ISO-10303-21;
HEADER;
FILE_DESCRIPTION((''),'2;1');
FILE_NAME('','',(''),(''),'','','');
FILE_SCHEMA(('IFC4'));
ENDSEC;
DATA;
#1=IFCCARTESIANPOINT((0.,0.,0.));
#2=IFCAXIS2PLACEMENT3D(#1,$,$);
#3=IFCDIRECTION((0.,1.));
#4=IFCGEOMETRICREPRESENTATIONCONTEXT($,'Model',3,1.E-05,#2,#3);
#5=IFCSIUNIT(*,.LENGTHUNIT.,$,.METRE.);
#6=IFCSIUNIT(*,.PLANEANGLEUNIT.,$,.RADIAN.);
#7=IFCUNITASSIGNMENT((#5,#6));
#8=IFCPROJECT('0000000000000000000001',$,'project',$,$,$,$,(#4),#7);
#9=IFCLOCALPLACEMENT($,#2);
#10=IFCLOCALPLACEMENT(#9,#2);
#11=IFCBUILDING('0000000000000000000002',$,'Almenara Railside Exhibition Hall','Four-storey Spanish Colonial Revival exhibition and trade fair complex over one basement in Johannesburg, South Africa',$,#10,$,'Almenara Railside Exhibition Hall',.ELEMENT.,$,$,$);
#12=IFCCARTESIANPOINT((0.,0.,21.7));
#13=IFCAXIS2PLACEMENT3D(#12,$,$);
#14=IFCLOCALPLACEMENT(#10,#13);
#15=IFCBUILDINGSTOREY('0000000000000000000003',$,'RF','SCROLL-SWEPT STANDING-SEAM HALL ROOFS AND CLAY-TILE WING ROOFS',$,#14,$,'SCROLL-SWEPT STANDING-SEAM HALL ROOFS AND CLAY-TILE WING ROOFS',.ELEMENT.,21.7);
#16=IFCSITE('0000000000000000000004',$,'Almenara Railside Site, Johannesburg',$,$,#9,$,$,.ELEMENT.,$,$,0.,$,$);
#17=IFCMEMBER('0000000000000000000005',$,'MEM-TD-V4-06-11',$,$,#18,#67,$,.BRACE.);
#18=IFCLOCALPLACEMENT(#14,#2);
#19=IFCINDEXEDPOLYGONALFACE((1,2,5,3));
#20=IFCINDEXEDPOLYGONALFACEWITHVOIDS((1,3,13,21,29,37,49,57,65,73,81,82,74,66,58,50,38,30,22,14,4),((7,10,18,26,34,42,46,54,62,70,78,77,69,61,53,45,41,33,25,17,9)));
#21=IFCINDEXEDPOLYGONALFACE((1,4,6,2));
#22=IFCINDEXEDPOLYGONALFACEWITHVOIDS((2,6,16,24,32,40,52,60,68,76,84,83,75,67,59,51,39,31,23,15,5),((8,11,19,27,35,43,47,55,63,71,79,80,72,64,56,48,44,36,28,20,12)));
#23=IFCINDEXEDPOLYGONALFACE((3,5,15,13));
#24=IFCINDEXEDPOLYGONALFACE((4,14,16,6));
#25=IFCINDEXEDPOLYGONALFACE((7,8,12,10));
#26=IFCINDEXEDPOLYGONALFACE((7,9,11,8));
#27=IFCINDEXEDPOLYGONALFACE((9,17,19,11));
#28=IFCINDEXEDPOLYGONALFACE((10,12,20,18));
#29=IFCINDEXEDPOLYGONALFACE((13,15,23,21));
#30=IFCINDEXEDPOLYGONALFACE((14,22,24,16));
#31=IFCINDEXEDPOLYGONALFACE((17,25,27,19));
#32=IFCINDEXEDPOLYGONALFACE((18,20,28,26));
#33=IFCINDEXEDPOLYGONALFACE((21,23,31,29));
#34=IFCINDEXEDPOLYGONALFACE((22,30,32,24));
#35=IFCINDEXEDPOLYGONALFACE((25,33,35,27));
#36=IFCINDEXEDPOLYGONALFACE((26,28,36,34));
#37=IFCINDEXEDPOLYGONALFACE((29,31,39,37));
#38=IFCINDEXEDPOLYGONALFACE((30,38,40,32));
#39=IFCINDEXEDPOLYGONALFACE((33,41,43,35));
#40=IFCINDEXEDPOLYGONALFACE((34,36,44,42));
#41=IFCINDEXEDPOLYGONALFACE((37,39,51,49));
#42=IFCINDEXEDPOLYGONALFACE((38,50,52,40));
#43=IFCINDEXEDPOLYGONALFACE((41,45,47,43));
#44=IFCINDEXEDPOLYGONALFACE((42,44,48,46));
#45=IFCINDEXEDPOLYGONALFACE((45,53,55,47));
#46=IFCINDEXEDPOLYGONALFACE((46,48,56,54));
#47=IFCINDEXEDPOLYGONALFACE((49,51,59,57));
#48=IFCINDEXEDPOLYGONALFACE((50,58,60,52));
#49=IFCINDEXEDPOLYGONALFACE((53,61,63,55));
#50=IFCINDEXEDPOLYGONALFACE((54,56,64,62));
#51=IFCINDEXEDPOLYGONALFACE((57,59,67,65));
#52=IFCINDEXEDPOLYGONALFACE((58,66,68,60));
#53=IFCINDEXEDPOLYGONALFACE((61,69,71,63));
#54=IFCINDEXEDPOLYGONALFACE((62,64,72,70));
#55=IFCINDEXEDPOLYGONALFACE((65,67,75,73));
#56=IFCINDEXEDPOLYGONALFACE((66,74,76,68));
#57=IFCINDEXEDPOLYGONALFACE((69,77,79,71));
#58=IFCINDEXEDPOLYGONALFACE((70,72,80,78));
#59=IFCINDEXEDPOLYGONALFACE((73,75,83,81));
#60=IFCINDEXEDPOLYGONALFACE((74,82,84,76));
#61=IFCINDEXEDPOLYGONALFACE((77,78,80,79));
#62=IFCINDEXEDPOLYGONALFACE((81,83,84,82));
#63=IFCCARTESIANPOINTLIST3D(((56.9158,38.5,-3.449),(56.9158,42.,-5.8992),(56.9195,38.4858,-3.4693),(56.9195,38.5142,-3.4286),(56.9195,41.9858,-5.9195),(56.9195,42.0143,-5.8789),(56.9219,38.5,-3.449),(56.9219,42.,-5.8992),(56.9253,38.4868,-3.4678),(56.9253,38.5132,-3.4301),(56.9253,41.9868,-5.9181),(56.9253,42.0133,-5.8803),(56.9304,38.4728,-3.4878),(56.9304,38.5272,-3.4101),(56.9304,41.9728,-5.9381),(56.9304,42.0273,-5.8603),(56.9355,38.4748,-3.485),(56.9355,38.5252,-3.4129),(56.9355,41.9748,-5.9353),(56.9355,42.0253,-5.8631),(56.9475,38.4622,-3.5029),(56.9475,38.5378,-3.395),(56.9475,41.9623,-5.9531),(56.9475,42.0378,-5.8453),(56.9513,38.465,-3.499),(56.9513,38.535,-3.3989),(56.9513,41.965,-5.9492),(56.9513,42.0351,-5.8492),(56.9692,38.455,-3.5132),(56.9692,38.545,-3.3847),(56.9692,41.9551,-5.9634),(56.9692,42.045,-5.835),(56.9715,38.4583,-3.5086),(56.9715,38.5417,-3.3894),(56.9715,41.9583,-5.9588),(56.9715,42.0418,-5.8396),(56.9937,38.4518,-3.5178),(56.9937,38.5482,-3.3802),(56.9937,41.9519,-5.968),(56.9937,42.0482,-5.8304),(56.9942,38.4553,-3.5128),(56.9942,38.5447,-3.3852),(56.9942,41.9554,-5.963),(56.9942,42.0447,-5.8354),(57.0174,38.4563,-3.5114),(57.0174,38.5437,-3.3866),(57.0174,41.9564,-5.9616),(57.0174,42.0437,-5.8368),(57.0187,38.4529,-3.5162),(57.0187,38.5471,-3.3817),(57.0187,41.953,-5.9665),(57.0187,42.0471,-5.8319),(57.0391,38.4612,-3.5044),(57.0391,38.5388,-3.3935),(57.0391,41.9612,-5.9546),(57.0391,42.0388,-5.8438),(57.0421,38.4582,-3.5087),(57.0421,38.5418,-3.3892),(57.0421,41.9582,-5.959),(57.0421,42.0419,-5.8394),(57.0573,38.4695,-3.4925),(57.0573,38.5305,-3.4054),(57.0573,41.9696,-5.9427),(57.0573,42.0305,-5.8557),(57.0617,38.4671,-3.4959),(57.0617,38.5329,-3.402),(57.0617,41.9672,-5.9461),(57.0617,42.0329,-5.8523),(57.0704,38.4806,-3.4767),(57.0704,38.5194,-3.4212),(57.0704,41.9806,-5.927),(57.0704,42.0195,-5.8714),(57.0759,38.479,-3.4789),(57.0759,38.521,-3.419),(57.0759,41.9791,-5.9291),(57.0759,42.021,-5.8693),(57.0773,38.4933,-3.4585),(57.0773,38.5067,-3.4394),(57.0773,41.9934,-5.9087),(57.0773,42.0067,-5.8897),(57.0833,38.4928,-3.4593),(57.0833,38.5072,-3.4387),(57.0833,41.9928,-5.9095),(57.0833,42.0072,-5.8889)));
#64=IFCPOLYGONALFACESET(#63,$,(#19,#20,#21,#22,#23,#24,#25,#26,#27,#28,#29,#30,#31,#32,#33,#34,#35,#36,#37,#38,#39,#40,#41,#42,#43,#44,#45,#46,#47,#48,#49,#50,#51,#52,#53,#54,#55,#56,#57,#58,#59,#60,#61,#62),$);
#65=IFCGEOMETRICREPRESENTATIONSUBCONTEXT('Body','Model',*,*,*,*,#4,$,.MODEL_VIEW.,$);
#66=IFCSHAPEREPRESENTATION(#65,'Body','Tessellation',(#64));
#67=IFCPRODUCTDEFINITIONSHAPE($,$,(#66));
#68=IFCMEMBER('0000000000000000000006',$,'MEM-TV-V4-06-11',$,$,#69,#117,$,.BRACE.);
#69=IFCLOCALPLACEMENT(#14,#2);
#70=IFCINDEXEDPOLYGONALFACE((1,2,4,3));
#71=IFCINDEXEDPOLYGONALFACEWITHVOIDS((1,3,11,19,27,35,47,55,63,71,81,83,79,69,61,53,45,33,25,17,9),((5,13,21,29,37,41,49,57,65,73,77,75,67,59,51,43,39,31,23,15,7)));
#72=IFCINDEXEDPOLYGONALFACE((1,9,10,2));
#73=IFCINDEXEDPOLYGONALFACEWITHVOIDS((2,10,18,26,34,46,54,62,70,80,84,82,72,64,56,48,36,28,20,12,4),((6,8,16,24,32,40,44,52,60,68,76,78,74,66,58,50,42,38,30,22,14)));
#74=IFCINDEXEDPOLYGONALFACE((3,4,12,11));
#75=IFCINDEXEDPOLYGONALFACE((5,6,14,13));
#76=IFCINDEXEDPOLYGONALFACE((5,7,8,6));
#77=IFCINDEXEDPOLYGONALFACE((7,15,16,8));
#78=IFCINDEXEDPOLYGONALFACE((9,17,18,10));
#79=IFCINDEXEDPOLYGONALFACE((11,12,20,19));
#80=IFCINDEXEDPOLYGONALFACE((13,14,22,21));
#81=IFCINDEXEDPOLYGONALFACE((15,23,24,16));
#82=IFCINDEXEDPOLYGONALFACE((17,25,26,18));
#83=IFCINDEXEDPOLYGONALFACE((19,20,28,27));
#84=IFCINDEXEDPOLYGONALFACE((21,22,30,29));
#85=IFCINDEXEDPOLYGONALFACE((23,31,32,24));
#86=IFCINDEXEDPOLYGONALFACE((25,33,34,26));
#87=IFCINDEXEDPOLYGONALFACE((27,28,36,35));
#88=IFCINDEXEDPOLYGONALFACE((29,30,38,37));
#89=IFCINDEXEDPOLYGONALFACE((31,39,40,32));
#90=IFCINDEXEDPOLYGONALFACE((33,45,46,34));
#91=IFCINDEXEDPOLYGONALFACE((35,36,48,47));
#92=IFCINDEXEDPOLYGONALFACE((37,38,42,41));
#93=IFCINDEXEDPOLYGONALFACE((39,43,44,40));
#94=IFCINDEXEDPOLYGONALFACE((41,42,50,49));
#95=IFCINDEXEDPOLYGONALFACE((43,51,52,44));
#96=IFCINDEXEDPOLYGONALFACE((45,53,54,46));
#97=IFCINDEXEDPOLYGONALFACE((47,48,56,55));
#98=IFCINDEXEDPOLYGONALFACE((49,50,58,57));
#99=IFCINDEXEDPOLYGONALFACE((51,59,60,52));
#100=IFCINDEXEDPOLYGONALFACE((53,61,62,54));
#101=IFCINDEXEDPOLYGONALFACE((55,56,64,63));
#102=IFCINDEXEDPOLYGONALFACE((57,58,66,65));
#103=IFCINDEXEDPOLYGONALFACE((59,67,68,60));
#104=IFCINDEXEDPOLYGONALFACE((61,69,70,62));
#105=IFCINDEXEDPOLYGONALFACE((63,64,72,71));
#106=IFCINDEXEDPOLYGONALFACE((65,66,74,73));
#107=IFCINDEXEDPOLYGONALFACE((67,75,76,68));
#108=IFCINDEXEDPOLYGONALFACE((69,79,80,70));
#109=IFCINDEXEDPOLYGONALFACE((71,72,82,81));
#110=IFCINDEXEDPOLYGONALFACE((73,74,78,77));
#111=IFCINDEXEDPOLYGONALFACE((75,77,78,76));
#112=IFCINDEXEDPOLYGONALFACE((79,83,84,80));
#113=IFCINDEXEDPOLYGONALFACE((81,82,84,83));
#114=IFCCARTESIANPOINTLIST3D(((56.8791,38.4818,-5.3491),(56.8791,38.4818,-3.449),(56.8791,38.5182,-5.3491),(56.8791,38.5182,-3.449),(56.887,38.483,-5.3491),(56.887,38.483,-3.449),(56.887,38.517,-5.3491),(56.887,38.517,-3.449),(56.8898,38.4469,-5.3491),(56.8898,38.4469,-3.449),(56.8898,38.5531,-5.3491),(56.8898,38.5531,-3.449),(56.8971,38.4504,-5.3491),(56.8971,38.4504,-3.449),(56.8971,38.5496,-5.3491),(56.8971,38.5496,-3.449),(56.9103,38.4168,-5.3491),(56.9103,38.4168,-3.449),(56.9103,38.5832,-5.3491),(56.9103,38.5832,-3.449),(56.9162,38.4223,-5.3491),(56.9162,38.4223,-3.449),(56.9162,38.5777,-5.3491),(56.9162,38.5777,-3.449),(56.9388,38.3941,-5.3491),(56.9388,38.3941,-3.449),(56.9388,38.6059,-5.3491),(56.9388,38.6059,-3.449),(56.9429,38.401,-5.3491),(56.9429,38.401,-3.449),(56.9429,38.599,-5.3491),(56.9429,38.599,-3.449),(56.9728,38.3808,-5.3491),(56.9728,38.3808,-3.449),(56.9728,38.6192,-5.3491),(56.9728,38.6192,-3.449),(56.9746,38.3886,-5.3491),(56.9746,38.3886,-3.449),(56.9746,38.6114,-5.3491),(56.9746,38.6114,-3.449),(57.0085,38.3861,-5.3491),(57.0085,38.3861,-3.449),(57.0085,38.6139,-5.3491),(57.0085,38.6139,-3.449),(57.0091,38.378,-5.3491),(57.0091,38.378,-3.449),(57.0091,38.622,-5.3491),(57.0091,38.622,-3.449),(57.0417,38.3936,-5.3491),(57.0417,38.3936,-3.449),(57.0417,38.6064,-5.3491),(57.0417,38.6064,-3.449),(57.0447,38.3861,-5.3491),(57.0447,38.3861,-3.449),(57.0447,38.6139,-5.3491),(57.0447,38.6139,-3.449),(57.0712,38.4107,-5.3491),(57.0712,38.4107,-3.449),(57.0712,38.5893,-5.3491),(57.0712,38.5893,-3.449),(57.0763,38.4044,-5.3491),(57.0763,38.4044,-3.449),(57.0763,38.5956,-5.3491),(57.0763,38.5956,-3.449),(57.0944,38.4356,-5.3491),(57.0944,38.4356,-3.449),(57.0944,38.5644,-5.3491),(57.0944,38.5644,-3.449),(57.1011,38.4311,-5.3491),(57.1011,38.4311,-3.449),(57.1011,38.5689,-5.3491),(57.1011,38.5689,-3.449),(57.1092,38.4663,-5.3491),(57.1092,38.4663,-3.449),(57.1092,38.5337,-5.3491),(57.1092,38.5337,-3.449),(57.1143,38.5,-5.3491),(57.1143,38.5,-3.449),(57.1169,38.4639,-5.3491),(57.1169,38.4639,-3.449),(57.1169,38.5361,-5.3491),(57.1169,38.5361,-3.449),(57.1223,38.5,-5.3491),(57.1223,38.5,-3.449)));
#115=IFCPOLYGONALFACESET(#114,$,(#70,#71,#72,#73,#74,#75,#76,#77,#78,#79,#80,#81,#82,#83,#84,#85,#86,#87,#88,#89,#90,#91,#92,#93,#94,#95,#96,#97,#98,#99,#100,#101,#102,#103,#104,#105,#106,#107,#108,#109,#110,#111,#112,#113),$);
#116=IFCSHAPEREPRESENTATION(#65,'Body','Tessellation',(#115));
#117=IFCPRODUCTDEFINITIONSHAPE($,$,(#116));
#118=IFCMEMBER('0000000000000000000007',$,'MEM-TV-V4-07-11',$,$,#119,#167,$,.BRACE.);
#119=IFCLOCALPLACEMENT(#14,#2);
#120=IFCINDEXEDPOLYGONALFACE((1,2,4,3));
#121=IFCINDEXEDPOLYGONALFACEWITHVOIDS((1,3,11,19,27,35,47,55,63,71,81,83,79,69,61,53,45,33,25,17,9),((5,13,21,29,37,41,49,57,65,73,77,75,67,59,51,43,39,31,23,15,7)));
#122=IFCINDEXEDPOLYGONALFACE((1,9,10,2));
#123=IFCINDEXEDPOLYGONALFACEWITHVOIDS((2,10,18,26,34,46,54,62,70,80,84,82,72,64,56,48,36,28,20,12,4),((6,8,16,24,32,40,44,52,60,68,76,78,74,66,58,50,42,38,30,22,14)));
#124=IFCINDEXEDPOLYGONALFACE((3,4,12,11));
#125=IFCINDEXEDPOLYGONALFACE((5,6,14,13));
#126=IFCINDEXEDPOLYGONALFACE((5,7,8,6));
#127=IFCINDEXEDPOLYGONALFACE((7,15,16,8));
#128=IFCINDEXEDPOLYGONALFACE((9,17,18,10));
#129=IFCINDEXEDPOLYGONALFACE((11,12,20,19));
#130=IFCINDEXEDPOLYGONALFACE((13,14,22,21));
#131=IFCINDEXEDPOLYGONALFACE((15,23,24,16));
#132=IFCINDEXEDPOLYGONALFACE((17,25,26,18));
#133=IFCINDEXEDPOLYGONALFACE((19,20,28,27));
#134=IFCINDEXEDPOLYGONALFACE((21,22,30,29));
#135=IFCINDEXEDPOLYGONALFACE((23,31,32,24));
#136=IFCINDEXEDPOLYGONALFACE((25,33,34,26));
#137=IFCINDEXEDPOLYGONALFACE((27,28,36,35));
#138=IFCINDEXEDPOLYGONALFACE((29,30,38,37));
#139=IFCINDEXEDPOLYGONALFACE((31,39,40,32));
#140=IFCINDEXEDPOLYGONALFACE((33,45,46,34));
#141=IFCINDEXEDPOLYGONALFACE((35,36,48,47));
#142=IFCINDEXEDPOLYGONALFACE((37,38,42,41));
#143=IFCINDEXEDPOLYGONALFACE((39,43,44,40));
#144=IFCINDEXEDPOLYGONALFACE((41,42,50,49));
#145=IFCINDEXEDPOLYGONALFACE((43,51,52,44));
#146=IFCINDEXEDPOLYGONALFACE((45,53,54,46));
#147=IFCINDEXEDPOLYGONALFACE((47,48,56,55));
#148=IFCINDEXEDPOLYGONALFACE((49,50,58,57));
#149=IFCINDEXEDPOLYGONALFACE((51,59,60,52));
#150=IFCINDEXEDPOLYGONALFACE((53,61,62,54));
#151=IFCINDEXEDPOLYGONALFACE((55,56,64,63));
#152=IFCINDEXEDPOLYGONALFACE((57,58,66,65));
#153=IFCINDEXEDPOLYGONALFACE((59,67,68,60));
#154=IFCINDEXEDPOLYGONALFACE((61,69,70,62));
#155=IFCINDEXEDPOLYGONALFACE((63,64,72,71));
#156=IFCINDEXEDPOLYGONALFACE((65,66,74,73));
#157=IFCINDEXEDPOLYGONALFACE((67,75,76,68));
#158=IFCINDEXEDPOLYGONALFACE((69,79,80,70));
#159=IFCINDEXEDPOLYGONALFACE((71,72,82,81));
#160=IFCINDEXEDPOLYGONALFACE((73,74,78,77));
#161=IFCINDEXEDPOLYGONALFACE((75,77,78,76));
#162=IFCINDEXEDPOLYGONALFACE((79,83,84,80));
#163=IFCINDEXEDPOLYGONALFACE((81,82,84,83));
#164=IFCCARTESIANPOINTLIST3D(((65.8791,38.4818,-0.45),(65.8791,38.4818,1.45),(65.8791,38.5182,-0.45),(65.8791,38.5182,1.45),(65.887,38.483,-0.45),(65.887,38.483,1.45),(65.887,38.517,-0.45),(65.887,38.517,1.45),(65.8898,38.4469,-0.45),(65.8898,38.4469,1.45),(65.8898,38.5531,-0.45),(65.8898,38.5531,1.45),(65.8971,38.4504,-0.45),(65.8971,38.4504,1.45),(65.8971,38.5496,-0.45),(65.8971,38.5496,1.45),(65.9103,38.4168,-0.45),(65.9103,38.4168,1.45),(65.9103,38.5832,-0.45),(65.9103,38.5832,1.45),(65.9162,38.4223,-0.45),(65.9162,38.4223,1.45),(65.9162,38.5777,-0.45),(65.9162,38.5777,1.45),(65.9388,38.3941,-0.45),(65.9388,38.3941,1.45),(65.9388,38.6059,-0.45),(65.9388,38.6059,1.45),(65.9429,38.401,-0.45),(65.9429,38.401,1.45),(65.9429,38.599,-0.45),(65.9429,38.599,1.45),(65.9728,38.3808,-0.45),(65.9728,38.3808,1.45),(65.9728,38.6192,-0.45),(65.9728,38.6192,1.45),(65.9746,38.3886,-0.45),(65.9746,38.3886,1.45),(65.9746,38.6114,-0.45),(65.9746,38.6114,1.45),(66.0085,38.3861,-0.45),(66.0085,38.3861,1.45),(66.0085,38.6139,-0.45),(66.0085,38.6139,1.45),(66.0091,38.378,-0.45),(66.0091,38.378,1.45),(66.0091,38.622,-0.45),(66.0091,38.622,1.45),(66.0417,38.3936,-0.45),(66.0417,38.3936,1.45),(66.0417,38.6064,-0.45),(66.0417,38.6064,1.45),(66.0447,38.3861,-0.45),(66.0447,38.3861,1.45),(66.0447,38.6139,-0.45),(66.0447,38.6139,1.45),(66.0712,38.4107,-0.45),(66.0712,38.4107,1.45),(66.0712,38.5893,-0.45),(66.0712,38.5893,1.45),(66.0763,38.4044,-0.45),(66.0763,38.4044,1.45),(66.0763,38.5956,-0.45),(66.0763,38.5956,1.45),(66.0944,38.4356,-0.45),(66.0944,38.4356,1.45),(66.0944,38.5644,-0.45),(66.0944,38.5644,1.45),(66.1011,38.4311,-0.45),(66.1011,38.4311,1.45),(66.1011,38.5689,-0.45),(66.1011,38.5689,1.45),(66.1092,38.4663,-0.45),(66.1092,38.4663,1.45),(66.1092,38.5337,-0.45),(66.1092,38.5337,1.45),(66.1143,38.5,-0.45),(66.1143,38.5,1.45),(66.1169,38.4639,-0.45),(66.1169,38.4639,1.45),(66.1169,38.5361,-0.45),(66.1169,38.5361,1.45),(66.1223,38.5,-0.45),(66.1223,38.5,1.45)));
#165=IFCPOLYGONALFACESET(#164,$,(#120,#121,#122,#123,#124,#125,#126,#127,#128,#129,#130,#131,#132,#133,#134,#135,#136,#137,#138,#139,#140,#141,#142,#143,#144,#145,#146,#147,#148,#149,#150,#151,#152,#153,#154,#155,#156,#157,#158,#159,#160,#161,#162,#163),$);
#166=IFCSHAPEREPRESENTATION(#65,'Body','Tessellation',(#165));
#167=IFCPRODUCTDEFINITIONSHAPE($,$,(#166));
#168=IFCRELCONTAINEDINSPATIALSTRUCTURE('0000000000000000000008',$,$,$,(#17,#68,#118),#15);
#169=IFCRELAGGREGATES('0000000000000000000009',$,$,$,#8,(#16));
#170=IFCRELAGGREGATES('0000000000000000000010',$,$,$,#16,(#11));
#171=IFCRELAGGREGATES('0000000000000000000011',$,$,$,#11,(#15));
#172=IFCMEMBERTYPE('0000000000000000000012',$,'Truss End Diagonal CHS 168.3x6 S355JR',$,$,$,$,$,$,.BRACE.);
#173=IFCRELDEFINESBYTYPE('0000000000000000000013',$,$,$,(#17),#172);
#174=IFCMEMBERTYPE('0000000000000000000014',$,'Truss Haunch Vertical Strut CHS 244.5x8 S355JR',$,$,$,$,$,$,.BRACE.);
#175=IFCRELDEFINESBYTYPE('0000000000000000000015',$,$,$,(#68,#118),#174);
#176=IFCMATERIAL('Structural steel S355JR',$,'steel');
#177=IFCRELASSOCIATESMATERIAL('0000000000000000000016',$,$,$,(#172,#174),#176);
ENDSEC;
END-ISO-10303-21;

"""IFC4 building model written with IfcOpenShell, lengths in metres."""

from ifc_helpers import new_model, si_unit, direction, frame, origin, origin_2d, place, context, subcontext, project, spatial, hollow_circle, extrude, material, material_profile, profile_set, type_object, element, save


model = new_model("IFC4")

# Units and contexts
model_context = context("Model", 3, precision=1e-05, world=origin(), true_north=direction((0.0, 1.0)))
body_context = subcontext(model_context, "Body", "Model", "MODEL_VIEW")
ifc_project = project(units=[si_unit("LENGTHUNIT", "METRE"), si_unit("PLANEANGLEUNIT", "RADIAN")], contexts=[model_context])

# Site, building, storey
site_placement = place(None, origin())
site = spatial("IfcSite", under=ifc_project, at=site_placement, Name="Almenara Railside Site, Johannesburg", CompositionType="ELEMENT", RefElevation=0.0)
building_placement = place(site_placement, origin())
building = spatial("IfcBuilding", under=site, at=building_placement, Name="Almenara Railside Exhibition Hall", Description="Four-storey Spanish Colonial Revival exhibition and trade fair complex over one basement in Johannesburg, South Africa", LongName="Almenara Railside Exhibition Hall", CompositionType="ELEMENT")
storey_placement = place(building_placement, frame((0.0, 0.0, 21.7)))
storey = spatial("IfcBuildingStorey", under=building, at=storey_placement, Name="RF", Description="SCROLL-SWEPT STANDING-SEAM HALL ROOFS AND CLAY-TILE WING ROOFS", LongName="SCROLL-SWEPT STANDING-SEAM HALL ROOFS AND CLAY-TILE WING ROOFS", CompositionType="ELEMENT", Elevation=21.7)

# Shared definitions
ifc_material_1 = material(Name="Structural steel S355JR", Category="steel")

# Members
ifc_material_profile_1 = material_profile(ifc_material_1, hollow_circle(Radius=0.0842, WallThickness=0.0061, at=origin_2d()), Name="CHS 168.3x6")
ifc_profile_set_1 = profile_set([ifc_material_profile_1], Name="Structural steel S355JR")
member_type_1 = type_object("IfcMemberType", Name="Truss End Diagonal CHS 168.3x6 S355JR", PredefinedType="BRACE", material=ifc_profile_set_1)
member_1_placement = place(storey_placement, frame((57.0, 38.5, -3.449), z_axis=(0.0, 0.81921, -0.573493), x_axis=(-1.0, 0.0, 0.0)))
element("IfcMember", 1, at=member_1_placement, inside=storey, type_object=member_type_1, Name="MEM-TD-V4-06-11", PredefinedType="BRACE", context=body_context, shape_type="SweptSolid", body=[
    extrude(hollow_circle(Radius=0.0842, WallThickness=0.0061, at=origin_2d()), origin(), (0.0, 0.0, 1.0), 4.2725),
])
ifc_material_profile_2 = material_profile(ifc_material_1, hollow_circle(Radius=0.1223, WallThickness=0.0081, at=origin_2d()), Name="CHS 244.5x8")
ifc_profile_set_2 = profile_set([ifc_material_profile_2], Name="Structural steel S355JR")
member_type_2 = type_object("IfcMemberType", Name="Truss Haunch Vertical Strut CHS 244.5x8 S355JR", PredefinedType="BRACE", material=ifc_profile_set_2)
member_2_placement = place(storey_placement, frame((57.0, 38.5, -5.3491), z_axis=(0.0, 0.0, 1.0), x_axis=(1.0, 0.0, 0.0)))
element("IfcMember", 2, at=member_2_placement, inside=storey, type_object=member_type_2, Name="MEM-TV-V4-06-11", PredefinedType="BRACE", context=body_context, shape_type="SweptSolid", body=[
    extrude(hollow_circle(Radius=0.1223, WallThickness=0.0081, at=origin_2d()), origin(), (0.0, 0.0, 1.0), 1.9001),
])
member_3_placement = place(storey_placement, frame((66.0, 38.5, -0.45), z_axis=(0.0, 0.0, 1.0), x_axis=(1.0, 0.0, 0.0)))
element("IfcMember", 3, at=member_3_placement, inside=storey, type_object=member_type_2, Name="MEM-TV-V4-07-11", PredefinedType="BRACE", context=body_context, shape_type="SweptSolid", body=[
    extrude(hollow_circle(Radius=0.1223, WallThickness=0.0081, at=origin_2d()), origin(), (0.0, 0.0, 1.0), 1.8999),
])

save(model, "model.ifc")
